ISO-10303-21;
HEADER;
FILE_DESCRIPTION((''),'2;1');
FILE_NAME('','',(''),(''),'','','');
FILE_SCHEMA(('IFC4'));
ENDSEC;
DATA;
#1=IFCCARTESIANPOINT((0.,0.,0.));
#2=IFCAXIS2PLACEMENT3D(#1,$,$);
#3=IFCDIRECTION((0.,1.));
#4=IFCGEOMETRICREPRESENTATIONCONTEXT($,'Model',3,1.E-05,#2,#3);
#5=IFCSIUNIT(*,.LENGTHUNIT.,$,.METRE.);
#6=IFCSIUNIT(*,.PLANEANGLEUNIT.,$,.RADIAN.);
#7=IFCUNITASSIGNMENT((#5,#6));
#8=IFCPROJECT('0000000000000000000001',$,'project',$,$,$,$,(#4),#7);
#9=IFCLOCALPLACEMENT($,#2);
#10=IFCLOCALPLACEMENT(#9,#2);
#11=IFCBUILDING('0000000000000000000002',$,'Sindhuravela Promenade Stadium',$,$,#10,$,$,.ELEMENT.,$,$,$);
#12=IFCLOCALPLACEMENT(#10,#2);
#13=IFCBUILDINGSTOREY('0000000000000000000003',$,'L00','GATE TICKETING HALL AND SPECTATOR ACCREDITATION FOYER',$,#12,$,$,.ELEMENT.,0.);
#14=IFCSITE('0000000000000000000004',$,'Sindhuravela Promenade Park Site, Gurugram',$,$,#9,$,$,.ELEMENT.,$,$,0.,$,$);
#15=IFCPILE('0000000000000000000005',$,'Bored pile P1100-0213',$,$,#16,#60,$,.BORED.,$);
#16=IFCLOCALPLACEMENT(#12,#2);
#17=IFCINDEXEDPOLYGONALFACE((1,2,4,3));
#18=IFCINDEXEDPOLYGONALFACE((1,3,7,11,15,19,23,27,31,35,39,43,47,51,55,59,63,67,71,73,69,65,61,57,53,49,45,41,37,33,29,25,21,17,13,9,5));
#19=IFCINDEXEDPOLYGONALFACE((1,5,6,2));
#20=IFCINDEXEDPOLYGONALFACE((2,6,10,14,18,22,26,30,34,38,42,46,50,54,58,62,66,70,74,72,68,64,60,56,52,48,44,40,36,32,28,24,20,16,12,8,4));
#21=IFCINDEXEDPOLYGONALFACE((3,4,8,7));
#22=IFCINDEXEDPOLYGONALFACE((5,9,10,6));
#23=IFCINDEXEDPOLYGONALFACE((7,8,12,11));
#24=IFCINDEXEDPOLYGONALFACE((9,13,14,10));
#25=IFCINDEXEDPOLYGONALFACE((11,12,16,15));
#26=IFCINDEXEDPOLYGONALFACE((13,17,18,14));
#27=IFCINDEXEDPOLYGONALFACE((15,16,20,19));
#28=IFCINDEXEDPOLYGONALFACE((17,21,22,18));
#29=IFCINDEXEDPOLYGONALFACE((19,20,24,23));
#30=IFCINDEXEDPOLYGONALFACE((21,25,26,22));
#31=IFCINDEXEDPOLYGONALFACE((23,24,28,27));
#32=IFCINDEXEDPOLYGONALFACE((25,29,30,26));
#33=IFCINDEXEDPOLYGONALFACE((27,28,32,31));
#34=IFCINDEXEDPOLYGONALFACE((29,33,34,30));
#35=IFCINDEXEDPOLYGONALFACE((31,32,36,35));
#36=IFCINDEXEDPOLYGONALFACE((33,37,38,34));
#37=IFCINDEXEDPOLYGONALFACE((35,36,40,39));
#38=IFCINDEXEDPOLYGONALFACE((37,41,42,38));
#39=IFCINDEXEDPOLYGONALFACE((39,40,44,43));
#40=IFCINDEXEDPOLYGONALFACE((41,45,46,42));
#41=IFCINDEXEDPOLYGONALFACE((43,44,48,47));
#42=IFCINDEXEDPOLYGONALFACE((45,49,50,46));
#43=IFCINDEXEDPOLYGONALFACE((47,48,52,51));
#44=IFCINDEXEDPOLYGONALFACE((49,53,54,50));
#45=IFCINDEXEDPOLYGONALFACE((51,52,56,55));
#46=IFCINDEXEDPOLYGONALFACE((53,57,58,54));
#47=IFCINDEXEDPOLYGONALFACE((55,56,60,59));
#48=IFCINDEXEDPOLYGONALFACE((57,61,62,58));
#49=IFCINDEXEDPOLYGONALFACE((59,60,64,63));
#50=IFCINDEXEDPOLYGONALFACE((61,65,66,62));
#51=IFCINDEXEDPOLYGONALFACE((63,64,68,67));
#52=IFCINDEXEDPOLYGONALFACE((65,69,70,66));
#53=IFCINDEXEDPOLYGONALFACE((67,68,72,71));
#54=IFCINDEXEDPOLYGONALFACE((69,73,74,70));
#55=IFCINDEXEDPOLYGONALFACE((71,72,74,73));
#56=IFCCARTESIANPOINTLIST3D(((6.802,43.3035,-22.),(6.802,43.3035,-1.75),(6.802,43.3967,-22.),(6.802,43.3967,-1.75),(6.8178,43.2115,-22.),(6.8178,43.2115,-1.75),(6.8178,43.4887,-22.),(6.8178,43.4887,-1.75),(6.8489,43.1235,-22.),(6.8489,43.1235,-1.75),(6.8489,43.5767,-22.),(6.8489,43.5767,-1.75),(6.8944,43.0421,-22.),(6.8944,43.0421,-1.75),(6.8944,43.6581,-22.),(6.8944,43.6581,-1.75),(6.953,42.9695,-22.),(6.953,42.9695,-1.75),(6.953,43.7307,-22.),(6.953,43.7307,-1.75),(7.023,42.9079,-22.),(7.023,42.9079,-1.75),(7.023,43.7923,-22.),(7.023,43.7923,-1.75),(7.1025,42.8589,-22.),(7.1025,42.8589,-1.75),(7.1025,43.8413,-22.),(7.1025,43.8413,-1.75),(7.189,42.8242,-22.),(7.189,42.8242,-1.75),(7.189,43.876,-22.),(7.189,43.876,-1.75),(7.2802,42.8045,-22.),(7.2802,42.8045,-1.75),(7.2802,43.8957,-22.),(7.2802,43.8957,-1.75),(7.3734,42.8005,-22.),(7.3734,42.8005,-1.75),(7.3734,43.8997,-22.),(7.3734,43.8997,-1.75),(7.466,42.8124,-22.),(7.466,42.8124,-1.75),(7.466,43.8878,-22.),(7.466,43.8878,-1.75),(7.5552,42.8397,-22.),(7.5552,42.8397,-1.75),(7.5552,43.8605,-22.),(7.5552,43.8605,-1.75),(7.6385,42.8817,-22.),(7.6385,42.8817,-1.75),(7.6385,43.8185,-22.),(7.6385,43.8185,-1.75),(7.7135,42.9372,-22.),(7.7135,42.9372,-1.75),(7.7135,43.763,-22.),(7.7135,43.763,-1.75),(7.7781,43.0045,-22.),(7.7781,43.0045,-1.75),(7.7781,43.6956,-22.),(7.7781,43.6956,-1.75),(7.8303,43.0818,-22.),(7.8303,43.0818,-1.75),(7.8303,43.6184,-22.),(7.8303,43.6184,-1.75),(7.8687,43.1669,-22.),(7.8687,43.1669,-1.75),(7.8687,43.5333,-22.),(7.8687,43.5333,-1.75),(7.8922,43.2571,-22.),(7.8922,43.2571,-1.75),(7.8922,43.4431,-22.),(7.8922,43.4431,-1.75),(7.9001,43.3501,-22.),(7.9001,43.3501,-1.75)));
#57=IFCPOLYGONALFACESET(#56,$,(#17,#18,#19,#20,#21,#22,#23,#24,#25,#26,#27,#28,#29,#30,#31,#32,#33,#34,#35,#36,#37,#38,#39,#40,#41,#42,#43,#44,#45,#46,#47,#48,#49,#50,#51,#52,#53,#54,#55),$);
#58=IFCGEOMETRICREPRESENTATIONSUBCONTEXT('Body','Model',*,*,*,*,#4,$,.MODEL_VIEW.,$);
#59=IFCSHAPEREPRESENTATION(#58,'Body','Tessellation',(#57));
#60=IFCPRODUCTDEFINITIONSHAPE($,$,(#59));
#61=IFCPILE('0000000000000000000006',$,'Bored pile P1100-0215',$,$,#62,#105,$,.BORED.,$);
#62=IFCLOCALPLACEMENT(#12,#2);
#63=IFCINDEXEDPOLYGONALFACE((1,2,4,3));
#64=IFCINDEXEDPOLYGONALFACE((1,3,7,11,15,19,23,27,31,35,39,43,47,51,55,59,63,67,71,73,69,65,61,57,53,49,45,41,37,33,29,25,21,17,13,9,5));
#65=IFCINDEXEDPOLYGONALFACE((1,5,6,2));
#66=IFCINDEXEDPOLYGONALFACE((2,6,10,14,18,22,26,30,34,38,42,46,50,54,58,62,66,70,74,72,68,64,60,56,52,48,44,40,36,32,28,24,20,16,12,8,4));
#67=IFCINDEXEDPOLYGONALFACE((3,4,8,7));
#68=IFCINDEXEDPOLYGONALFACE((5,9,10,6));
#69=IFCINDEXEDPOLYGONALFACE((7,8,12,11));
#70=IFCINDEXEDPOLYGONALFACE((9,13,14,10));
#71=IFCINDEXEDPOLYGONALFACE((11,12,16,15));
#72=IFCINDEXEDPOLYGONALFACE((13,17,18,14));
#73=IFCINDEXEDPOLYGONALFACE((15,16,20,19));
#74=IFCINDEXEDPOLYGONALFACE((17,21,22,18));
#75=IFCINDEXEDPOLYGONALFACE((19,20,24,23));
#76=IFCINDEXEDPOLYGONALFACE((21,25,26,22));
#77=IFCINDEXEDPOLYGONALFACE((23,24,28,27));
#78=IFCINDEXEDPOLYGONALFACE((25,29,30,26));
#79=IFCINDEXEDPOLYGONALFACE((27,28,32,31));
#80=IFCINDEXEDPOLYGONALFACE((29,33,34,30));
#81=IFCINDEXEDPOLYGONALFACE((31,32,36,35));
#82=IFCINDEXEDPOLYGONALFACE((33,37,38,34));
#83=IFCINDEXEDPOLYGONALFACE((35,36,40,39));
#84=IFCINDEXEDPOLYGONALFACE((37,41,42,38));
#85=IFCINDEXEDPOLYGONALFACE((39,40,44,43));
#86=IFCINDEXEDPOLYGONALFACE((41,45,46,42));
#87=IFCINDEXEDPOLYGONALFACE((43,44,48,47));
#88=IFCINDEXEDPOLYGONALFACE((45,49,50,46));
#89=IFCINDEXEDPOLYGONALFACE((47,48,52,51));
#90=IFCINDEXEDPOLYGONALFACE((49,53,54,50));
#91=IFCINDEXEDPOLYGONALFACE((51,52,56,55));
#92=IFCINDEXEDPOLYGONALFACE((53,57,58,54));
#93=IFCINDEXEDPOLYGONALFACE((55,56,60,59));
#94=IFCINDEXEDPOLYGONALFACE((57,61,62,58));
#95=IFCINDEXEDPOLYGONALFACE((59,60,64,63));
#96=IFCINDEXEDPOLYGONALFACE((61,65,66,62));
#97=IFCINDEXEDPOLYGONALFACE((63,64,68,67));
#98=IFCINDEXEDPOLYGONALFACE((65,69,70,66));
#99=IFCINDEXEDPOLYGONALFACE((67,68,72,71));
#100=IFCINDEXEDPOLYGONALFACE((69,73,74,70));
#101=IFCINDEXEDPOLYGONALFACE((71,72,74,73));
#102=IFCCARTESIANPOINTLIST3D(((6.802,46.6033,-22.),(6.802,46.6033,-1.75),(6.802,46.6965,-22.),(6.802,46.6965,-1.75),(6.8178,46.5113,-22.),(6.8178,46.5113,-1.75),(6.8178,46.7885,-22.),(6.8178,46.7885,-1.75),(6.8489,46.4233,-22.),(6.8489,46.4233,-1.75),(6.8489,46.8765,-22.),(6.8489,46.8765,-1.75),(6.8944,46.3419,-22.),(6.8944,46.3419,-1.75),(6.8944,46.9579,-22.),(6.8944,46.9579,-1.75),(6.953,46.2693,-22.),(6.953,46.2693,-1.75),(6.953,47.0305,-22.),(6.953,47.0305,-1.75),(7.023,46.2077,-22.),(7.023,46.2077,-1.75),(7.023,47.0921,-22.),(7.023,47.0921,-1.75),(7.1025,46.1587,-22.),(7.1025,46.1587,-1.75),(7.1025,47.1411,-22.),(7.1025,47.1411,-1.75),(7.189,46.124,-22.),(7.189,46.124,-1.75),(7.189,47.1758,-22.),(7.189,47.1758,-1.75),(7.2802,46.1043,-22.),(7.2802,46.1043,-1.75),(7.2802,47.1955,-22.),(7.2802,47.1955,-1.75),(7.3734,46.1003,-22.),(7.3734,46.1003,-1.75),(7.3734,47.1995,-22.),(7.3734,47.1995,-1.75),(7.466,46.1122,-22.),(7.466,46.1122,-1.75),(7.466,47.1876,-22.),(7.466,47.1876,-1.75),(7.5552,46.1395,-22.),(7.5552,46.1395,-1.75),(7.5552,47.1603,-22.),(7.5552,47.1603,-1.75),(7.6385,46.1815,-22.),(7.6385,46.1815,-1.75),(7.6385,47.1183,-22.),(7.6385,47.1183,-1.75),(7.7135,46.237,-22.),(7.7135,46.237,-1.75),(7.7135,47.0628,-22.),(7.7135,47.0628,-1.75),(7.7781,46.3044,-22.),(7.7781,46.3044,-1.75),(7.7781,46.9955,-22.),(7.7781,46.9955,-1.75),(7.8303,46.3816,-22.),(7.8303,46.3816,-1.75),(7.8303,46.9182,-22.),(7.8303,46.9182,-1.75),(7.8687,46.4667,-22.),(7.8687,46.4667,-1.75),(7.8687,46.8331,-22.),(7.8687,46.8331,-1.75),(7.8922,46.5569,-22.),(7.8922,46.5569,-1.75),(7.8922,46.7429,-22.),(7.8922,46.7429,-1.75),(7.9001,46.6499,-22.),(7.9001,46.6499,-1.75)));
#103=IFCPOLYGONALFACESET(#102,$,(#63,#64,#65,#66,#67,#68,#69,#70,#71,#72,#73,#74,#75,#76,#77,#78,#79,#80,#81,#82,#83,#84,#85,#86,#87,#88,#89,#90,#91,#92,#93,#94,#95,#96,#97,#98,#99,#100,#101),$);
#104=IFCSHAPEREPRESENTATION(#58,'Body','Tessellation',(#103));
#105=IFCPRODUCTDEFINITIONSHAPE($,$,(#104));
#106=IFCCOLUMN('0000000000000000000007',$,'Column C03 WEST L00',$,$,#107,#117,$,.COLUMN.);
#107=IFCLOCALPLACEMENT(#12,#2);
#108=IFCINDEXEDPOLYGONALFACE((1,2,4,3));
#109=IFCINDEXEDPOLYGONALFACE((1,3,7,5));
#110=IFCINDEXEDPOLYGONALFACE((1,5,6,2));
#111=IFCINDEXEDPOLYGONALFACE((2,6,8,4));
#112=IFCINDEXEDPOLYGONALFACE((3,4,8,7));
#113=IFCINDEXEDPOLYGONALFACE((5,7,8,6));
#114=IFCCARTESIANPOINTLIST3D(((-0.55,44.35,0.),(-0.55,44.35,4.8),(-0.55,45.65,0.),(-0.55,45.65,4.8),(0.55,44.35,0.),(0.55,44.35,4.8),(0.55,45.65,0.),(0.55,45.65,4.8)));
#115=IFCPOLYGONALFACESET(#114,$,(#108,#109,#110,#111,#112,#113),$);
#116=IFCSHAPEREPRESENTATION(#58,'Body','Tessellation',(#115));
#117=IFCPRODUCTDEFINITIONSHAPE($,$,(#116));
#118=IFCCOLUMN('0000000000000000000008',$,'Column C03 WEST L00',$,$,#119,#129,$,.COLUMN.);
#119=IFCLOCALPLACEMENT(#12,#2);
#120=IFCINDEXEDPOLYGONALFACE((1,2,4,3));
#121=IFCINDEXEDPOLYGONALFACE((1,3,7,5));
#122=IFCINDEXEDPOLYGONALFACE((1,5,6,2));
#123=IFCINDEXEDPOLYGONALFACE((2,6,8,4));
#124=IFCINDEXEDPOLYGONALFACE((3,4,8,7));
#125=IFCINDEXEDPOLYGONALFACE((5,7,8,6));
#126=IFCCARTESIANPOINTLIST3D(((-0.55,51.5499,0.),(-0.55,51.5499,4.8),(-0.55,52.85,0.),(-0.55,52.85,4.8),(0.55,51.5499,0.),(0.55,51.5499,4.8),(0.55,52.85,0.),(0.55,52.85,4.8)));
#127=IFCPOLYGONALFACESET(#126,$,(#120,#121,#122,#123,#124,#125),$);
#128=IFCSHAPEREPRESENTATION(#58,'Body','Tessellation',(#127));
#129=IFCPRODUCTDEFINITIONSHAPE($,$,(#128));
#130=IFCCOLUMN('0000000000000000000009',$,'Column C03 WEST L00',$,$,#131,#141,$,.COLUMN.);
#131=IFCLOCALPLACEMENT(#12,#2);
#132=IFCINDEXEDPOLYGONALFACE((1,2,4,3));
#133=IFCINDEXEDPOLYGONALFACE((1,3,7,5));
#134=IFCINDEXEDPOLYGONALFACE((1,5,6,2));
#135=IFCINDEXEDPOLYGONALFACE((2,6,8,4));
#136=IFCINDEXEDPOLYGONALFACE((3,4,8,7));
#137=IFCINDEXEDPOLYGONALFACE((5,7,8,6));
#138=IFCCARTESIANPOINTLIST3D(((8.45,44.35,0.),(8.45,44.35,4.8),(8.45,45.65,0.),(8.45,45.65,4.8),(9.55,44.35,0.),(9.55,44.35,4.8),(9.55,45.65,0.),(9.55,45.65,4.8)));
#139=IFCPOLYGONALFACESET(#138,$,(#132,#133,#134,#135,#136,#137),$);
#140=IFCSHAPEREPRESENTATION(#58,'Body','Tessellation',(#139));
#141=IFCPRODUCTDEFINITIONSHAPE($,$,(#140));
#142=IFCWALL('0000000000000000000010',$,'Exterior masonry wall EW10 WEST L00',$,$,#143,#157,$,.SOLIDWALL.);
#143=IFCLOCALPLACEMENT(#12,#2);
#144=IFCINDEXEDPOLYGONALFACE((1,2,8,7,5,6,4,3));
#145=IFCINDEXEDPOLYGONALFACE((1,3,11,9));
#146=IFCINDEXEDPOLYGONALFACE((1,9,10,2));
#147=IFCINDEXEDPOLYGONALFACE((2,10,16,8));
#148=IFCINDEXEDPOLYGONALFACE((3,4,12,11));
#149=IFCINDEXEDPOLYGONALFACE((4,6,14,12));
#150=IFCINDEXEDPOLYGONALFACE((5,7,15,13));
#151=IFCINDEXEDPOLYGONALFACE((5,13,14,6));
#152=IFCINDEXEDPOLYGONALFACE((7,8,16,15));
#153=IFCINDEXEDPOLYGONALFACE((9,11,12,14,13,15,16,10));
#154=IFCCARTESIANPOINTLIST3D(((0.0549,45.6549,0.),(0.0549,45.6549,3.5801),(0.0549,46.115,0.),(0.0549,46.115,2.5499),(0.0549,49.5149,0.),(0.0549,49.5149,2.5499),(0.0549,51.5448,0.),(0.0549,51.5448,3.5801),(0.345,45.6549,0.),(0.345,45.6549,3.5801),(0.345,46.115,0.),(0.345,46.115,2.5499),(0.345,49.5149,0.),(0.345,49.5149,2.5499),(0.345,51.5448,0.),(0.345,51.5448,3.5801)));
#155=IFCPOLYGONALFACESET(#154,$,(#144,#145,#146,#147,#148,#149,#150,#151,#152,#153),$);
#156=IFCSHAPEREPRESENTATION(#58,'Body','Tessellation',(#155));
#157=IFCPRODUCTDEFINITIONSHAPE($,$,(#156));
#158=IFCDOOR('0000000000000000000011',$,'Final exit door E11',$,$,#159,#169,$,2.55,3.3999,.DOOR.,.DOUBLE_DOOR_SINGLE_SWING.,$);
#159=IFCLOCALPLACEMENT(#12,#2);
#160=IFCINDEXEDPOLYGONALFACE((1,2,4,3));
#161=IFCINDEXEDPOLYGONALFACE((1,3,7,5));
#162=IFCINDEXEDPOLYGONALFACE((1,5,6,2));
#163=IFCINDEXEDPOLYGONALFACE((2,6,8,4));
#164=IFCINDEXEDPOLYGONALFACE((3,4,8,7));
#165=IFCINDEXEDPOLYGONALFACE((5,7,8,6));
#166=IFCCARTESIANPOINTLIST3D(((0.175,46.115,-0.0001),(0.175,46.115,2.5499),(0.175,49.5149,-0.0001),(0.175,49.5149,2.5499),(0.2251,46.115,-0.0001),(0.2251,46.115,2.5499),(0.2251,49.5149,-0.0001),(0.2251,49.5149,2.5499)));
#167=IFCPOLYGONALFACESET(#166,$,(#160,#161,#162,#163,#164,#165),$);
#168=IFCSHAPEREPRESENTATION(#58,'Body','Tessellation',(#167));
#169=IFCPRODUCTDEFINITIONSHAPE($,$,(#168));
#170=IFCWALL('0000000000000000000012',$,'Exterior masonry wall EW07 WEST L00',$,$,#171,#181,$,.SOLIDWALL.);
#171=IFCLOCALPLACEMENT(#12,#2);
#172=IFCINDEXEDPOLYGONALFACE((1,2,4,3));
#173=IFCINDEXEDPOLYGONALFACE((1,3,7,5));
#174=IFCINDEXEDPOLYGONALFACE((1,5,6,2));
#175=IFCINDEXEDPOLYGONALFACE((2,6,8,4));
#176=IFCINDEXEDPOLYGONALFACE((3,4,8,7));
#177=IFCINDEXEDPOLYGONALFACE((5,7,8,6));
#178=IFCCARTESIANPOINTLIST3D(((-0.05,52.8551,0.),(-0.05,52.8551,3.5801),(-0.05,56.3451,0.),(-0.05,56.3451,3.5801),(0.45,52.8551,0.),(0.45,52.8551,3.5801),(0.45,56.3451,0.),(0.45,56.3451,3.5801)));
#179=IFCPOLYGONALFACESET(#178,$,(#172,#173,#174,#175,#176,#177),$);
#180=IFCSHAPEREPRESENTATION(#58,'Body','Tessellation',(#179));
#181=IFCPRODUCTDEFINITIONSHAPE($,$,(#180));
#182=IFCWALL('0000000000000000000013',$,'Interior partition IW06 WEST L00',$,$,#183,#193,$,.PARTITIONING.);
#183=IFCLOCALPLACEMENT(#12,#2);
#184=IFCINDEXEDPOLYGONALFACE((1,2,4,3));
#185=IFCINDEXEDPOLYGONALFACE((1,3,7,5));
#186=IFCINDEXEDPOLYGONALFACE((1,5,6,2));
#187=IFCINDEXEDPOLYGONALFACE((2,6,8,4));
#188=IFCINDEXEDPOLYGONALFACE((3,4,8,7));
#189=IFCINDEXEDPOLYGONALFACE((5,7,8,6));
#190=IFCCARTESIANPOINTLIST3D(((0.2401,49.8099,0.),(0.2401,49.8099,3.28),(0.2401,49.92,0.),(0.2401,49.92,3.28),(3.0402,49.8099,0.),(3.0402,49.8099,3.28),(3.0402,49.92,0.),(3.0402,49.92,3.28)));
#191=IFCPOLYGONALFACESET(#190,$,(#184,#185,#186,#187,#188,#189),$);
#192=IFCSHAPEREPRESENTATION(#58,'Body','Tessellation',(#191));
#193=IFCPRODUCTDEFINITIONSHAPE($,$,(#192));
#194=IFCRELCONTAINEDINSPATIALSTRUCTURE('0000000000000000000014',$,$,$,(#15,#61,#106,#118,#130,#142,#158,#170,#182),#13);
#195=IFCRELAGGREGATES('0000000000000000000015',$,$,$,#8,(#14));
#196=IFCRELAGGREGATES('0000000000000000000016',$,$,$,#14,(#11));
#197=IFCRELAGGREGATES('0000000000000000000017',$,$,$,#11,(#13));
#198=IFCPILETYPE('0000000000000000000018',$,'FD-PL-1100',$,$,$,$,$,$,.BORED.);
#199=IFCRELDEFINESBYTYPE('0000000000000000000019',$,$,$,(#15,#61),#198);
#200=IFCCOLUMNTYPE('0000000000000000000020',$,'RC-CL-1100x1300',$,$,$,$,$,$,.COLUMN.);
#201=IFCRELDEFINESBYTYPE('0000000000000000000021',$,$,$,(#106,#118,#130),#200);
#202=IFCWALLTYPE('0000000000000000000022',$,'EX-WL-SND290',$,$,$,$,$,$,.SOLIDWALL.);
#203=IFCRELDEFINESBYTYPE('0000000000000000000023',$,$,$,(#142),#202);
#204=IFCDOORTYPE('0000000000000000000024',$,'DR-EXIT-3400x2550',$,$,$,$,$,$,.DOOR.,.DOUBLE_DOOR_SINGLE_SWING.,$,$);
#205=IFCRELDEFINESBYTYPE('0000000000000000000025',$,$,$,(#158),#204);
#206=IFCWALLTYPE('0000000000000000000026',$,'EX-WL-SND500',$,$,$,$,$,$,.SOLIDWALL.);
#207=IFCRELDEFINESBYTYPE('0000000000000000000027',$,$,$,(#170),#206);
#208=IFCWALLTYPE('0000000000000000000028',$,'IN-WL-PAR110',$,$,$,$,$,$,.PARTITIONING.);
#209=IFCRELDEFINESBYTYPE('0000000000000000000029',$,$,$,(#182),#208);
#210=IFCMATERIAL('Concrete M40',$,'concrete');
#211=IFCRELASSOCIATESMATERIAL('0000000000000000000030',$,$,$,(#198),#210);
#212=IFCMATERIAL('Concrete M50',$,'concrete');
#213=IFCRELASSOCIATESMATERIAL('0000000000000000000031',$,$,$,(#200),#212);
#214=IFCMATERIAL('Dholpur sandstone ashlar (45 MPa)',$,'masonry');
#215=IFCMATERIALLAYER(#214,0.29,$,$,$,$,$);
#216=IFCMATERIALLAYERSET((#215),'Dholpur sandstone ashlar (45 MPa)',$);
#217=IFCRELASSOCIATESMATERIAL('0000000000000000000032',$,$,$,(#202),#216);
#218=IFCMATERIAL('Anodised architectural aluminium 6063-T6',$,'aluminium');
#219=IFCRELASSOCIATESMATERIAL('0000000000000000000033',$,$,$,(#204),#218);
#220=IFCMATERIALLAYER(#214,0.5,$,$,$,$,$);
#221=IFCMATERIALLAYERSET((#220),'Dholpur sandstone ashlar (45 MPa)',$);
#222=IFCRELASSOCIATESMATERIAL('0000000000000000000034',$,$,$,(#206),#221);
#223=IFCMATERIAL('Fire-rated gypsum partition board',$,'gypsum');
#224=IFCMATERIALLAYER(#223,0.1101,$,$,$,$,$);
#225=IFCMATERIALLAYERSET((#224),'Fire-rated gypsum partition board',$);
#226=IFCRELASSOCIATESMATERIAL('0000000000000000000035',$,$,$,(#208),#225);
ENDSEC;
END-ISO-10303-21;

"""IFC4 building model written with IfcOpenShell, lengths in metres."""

from ifc_helpers import new_model, si_unit, direction, frame, frame_2d, origin, origin_2d, place, context, subcontext, project, spatial, rectangle, circle, extrude, material, layer, layer_set, material_profile, profile_set, type_object, element, fill, save


model = new_model("IFC4")

# Units and contexts
model_context = context("Model", 3, precision=1e-05, world=origin(), true_north=direction((0.0, 1.0)))
body_context = subcontext(model_context, "Body", "Model", "MODEL_VIEW")
ifc_project = project(units=[si_unit("LENGTHUNIT", "METRE"), si_unit("PLANEANGLEUNIT", "RADIAN")], contexts=[model_context])

# Site, building, storey
site_placement = place(None, origin())
site = spatial("IfcSite", under=ifc_project, at=site_placement, Name="Sindhuravela Promenade Park Site, Gurugram", CompositionType="ELEMENT", RefElevation=0.0)
building_placement = place(site_placement, origin())
building = spatial("IfcBuilding", under=site, at=building_placement, Name="Sindhuravela Promenade Stadium", CompositionType="ELEMENT")
storey_placement = place(building_placement, origin())
storey = spatial("IfcBuildingStorey", under=building, at=storey_placement, Name="L00", Description="GATE TICKETING HALL AND SPECTATOR ACCREDITATION FOYER", CompositionType="ELEMENT", Elevation=0.0)

# Shared definitions
ifc_material_1 = material(Name="Concrete M40", Category="concrete")
ifc_material_2 = material(Name="Concrete M50", Category="concrete")

# Piles
ifc_material_profile_1 = material_profile(ifc_material_1, circle(Radius=0.55, at=origin_2d()), Name="BORED PILE D1100")
ifc_profile_set_1 = profile_set([ifc_material_profile_1], Name="Concrete M40")
pile_type = type_object("IfcPileType", Name="FD-PL-1100", PredefinedType="BORED", material=ifc_profile_set_1)
for number, where, z_axis, x_axis, name in (
    (1, (7.3501, 43.3501, -1.75), (0.0, 0.0, -1.0), (1.0, 0.0, 0.0), "Bored pile P1100-0213"),
    (2, (7.3501, 46.6499, -1.75), (0.0, 0.0, -1.0), (1.0, 0.0, 0.0), "Bored pile P1100-0215"),
):
    element("IfcPile", number, at=place(storey_placement, frame(where, z_axis=z_axis, x_axis=x_axis)), inside=storey, type_object=pile_type, Name=name, PredefinedType="BORED", context=body_context, shape_type="SweptSolid", body=[
        extrude(circle(Radius=0.55, at=origin_2d()), origin(), (0.0, 0.0, 1.0), 20.25),
    ])

# Columns
ifc_material_profile_2 = material_profile(ifc_material_2, rectangle(XDim=1.1001, YDim=1.3, at=origin_2d()), Name="RC 1100x1300")
ifc_profile_set_2 = profile_set([ifc_material_profile_2], Name="Concrete M50")
column_type = type_object("IfcColumnType", Name="RC-CL-1100x1300", PredefinedType="COLUMN", material=ifc_profile_set_2)
for number, where, z_axis, x_axis, name in (
    (3, (0.0, 45.0, 0.0), (0.0, 0.0, 1.0), (1.0, 0.0, 0.0), "Column C03 WEST L00"),
    (4, (0.0, 52.2, 0.0), (0.0, 0.0, 1.0), (1.0, 0.0, 0.0), "Column C03 WEST L00"),
    (5, (9.0, 45.0, 0.0), (0.0, 0.0, 1.0), (1.0, 0.0, 0.0), "Column C03 WEST L00"),
):
    element("IfcColumn", number, at=place(storey_placement, frame(where, z_axis=z_axis, x_axis=x_axis)), inside=storey, type_object=column_type, Name=name, PredefinedType="COLUMN", context=body_context, shape_type="SweptSolid", body=[
        extrude(rectangle(XDim=1.1001, YDim=1.3, at=origin_2d()), origin(), (0.0, 0.0, 1.0), 4.8),
    ])

# Wall, opening, door
ifc_material_3 = material(Name="Dholpur sandstone ashlar (45 MPa)", Category="masonry")
ifc_layer_1 = layer(ifc_material_3, 0.29)
ifc_layer_set_1 = layer_set([ifc_layer_1], Name="Dholpur sandstone ashlar (45 MPa)")
wall_type_1 = type_object("IfcWallType", Name="EX-WL-SND290", PredefinedType="SOLIDWALL", material=ifc_layer_set_1)
wall_1_placement = place(storey_placement, frame((0.2, 45.655, 0.0), z_axis=(0.0, 0.0, 1.0), x_axis=(0.0, 1.0, 0.0)))
wall_1 = element("IfcWall", 6, at=wall_1_placement, inside=storey, type_object=wall_type_1, Name="Exterior masonry wall EW10 WEST L00", PredefinedType="SOLIDWALL", context=body_context, shape_type="SweptSolid", body=[
    extrude(rectangle(XDim=5.8899, YDim=0.29, at=frame_2d((2.9448, 0.0))), origin(), (0.0, 0.0, 1.0), 3.5801),
])
opening_1_placement = place(wall_1_placement, frame((0.46, 0.0, 0.0)))
opening_1 = element("IfcOpeningElement", 7, at=opening_1_placement, cuts=wall_1, PredefinedType="OPENING", context=body_context, shape_type="SweptSolid", body=[
    extrude(rectangle(XDim=3.3999, YDim=2.55, at=frame_2d((1.7, 1.2749))), frame((0.0, 0.155, 0.0), z_axis=(0.0, -1.0, 0.0), x_axis=(1.0, 0.0, 0.0)), (0.0, 0.0, 1.0), 0.3101),
])
ifc_material_4 = material(Name="Anodised architectural aluminium 6063-T6", Category="aluminium")
door_type_1 = type_object("IfcDoorType", Name="DR-EXIT-3400x2550", OperationType="DOUBLE_DOOR_SINGLE_SWING", PredefinedType="DOOR", material=ifc_material_4)
door_1_placement = place(opening_1_placement, origin())
door_1 = element("IfcDoor", 8, at=door_1_placement, inside=storey, type_object=door_type_1, Name="Final exit door E11", OperationType="DOUBLE_DOOR_SINGLE_SWING", OverallHeight=2.55, OverallWidth=3.3999, PredefinedType="DOOR", context=body_context, shape_type="SweptSolid", body=[
    extrude(rectangle(XDim=3.3999, YDim=2.55, at=frame_2d((1.7, 1.2749))), frame((0.0, 0.0249, 0.0), z_axis=(0.0, -1.0, 0.0), x_axis=(1.0, 0.0, 0.0)), (0.0, 0.0, 1.0), 0.05),
])
fill(opening_1, door_1)

# Walls
ifc_layer_2 = layer(ifc_material_3, 0.5)
ifc_layer_set_2 = layer_set([ifc_layer_2], Name="Dholpur sandstone ashlar (45 MPa)")
wall_type_2 = type_object("IfcWallType", Name="EX-WL-SND500", PredefinedType="SOLIDWALL", material=ifc_layer_set_2)
wall_2_placement = place(storey_placement, frame((0.2, 52.855, 0.0), z_axis=(0.0, 0.0, 1.0), x_axis=(0.0, 1.0, 0.0)))
element("IfcWall", 9, at=wall_2_placement, inside=storey, type_object=wall_type_2, Name="Exterior masonry wall EW07 WEST L00", PredefinedType="SOLIDWALL", context=body_context, shape_type="SweptSolid", body=[
    extrude(rectangle(XDim=3.49, YDim=0.5, at=frame_2d((1.7451, 0.0))), origin(), (0.0, 0.0, 1.0), 3.5801),
])
ifc_material_5 = material(Name="Fire-rated gypsum partition board", Category="gypsum")
ifc_layer_3 = layer(ifc_material_5, 0.1101)
ifc_layer_set_3 = layer_set([ifc_layer_3], Name="Fire-rated gypsum partition board")
wall_type_3 = type_object("IfcWallType", Name="IN-WL-PAR110", PredefinedType="PARTITIONING", material=ifc_layer_set_3)
wall_3_placement = place(storey_placement, frame((3.04, 49.865, 0.0), z_axis=(0.0, 0.0, 1.0), x_axis=(-1.0, 0.0, 0.0)))
element("IfcWall", 10, at=wall_3_placement, inside=storey, type_object=wall_type_3, Name="Interior partition IW06 WEST L00", PredefinedType="PARTITIONING", context=body_context, shape_type="SweptSolid", body=[
    extrude(rectangle(XDim=2.8, YDim=0.1101, at=frame_2d((1.3999, 0.0))), origin(), (0.0, 0.0, 1.0), 3.28),
])

save(model, "model.ifc")
